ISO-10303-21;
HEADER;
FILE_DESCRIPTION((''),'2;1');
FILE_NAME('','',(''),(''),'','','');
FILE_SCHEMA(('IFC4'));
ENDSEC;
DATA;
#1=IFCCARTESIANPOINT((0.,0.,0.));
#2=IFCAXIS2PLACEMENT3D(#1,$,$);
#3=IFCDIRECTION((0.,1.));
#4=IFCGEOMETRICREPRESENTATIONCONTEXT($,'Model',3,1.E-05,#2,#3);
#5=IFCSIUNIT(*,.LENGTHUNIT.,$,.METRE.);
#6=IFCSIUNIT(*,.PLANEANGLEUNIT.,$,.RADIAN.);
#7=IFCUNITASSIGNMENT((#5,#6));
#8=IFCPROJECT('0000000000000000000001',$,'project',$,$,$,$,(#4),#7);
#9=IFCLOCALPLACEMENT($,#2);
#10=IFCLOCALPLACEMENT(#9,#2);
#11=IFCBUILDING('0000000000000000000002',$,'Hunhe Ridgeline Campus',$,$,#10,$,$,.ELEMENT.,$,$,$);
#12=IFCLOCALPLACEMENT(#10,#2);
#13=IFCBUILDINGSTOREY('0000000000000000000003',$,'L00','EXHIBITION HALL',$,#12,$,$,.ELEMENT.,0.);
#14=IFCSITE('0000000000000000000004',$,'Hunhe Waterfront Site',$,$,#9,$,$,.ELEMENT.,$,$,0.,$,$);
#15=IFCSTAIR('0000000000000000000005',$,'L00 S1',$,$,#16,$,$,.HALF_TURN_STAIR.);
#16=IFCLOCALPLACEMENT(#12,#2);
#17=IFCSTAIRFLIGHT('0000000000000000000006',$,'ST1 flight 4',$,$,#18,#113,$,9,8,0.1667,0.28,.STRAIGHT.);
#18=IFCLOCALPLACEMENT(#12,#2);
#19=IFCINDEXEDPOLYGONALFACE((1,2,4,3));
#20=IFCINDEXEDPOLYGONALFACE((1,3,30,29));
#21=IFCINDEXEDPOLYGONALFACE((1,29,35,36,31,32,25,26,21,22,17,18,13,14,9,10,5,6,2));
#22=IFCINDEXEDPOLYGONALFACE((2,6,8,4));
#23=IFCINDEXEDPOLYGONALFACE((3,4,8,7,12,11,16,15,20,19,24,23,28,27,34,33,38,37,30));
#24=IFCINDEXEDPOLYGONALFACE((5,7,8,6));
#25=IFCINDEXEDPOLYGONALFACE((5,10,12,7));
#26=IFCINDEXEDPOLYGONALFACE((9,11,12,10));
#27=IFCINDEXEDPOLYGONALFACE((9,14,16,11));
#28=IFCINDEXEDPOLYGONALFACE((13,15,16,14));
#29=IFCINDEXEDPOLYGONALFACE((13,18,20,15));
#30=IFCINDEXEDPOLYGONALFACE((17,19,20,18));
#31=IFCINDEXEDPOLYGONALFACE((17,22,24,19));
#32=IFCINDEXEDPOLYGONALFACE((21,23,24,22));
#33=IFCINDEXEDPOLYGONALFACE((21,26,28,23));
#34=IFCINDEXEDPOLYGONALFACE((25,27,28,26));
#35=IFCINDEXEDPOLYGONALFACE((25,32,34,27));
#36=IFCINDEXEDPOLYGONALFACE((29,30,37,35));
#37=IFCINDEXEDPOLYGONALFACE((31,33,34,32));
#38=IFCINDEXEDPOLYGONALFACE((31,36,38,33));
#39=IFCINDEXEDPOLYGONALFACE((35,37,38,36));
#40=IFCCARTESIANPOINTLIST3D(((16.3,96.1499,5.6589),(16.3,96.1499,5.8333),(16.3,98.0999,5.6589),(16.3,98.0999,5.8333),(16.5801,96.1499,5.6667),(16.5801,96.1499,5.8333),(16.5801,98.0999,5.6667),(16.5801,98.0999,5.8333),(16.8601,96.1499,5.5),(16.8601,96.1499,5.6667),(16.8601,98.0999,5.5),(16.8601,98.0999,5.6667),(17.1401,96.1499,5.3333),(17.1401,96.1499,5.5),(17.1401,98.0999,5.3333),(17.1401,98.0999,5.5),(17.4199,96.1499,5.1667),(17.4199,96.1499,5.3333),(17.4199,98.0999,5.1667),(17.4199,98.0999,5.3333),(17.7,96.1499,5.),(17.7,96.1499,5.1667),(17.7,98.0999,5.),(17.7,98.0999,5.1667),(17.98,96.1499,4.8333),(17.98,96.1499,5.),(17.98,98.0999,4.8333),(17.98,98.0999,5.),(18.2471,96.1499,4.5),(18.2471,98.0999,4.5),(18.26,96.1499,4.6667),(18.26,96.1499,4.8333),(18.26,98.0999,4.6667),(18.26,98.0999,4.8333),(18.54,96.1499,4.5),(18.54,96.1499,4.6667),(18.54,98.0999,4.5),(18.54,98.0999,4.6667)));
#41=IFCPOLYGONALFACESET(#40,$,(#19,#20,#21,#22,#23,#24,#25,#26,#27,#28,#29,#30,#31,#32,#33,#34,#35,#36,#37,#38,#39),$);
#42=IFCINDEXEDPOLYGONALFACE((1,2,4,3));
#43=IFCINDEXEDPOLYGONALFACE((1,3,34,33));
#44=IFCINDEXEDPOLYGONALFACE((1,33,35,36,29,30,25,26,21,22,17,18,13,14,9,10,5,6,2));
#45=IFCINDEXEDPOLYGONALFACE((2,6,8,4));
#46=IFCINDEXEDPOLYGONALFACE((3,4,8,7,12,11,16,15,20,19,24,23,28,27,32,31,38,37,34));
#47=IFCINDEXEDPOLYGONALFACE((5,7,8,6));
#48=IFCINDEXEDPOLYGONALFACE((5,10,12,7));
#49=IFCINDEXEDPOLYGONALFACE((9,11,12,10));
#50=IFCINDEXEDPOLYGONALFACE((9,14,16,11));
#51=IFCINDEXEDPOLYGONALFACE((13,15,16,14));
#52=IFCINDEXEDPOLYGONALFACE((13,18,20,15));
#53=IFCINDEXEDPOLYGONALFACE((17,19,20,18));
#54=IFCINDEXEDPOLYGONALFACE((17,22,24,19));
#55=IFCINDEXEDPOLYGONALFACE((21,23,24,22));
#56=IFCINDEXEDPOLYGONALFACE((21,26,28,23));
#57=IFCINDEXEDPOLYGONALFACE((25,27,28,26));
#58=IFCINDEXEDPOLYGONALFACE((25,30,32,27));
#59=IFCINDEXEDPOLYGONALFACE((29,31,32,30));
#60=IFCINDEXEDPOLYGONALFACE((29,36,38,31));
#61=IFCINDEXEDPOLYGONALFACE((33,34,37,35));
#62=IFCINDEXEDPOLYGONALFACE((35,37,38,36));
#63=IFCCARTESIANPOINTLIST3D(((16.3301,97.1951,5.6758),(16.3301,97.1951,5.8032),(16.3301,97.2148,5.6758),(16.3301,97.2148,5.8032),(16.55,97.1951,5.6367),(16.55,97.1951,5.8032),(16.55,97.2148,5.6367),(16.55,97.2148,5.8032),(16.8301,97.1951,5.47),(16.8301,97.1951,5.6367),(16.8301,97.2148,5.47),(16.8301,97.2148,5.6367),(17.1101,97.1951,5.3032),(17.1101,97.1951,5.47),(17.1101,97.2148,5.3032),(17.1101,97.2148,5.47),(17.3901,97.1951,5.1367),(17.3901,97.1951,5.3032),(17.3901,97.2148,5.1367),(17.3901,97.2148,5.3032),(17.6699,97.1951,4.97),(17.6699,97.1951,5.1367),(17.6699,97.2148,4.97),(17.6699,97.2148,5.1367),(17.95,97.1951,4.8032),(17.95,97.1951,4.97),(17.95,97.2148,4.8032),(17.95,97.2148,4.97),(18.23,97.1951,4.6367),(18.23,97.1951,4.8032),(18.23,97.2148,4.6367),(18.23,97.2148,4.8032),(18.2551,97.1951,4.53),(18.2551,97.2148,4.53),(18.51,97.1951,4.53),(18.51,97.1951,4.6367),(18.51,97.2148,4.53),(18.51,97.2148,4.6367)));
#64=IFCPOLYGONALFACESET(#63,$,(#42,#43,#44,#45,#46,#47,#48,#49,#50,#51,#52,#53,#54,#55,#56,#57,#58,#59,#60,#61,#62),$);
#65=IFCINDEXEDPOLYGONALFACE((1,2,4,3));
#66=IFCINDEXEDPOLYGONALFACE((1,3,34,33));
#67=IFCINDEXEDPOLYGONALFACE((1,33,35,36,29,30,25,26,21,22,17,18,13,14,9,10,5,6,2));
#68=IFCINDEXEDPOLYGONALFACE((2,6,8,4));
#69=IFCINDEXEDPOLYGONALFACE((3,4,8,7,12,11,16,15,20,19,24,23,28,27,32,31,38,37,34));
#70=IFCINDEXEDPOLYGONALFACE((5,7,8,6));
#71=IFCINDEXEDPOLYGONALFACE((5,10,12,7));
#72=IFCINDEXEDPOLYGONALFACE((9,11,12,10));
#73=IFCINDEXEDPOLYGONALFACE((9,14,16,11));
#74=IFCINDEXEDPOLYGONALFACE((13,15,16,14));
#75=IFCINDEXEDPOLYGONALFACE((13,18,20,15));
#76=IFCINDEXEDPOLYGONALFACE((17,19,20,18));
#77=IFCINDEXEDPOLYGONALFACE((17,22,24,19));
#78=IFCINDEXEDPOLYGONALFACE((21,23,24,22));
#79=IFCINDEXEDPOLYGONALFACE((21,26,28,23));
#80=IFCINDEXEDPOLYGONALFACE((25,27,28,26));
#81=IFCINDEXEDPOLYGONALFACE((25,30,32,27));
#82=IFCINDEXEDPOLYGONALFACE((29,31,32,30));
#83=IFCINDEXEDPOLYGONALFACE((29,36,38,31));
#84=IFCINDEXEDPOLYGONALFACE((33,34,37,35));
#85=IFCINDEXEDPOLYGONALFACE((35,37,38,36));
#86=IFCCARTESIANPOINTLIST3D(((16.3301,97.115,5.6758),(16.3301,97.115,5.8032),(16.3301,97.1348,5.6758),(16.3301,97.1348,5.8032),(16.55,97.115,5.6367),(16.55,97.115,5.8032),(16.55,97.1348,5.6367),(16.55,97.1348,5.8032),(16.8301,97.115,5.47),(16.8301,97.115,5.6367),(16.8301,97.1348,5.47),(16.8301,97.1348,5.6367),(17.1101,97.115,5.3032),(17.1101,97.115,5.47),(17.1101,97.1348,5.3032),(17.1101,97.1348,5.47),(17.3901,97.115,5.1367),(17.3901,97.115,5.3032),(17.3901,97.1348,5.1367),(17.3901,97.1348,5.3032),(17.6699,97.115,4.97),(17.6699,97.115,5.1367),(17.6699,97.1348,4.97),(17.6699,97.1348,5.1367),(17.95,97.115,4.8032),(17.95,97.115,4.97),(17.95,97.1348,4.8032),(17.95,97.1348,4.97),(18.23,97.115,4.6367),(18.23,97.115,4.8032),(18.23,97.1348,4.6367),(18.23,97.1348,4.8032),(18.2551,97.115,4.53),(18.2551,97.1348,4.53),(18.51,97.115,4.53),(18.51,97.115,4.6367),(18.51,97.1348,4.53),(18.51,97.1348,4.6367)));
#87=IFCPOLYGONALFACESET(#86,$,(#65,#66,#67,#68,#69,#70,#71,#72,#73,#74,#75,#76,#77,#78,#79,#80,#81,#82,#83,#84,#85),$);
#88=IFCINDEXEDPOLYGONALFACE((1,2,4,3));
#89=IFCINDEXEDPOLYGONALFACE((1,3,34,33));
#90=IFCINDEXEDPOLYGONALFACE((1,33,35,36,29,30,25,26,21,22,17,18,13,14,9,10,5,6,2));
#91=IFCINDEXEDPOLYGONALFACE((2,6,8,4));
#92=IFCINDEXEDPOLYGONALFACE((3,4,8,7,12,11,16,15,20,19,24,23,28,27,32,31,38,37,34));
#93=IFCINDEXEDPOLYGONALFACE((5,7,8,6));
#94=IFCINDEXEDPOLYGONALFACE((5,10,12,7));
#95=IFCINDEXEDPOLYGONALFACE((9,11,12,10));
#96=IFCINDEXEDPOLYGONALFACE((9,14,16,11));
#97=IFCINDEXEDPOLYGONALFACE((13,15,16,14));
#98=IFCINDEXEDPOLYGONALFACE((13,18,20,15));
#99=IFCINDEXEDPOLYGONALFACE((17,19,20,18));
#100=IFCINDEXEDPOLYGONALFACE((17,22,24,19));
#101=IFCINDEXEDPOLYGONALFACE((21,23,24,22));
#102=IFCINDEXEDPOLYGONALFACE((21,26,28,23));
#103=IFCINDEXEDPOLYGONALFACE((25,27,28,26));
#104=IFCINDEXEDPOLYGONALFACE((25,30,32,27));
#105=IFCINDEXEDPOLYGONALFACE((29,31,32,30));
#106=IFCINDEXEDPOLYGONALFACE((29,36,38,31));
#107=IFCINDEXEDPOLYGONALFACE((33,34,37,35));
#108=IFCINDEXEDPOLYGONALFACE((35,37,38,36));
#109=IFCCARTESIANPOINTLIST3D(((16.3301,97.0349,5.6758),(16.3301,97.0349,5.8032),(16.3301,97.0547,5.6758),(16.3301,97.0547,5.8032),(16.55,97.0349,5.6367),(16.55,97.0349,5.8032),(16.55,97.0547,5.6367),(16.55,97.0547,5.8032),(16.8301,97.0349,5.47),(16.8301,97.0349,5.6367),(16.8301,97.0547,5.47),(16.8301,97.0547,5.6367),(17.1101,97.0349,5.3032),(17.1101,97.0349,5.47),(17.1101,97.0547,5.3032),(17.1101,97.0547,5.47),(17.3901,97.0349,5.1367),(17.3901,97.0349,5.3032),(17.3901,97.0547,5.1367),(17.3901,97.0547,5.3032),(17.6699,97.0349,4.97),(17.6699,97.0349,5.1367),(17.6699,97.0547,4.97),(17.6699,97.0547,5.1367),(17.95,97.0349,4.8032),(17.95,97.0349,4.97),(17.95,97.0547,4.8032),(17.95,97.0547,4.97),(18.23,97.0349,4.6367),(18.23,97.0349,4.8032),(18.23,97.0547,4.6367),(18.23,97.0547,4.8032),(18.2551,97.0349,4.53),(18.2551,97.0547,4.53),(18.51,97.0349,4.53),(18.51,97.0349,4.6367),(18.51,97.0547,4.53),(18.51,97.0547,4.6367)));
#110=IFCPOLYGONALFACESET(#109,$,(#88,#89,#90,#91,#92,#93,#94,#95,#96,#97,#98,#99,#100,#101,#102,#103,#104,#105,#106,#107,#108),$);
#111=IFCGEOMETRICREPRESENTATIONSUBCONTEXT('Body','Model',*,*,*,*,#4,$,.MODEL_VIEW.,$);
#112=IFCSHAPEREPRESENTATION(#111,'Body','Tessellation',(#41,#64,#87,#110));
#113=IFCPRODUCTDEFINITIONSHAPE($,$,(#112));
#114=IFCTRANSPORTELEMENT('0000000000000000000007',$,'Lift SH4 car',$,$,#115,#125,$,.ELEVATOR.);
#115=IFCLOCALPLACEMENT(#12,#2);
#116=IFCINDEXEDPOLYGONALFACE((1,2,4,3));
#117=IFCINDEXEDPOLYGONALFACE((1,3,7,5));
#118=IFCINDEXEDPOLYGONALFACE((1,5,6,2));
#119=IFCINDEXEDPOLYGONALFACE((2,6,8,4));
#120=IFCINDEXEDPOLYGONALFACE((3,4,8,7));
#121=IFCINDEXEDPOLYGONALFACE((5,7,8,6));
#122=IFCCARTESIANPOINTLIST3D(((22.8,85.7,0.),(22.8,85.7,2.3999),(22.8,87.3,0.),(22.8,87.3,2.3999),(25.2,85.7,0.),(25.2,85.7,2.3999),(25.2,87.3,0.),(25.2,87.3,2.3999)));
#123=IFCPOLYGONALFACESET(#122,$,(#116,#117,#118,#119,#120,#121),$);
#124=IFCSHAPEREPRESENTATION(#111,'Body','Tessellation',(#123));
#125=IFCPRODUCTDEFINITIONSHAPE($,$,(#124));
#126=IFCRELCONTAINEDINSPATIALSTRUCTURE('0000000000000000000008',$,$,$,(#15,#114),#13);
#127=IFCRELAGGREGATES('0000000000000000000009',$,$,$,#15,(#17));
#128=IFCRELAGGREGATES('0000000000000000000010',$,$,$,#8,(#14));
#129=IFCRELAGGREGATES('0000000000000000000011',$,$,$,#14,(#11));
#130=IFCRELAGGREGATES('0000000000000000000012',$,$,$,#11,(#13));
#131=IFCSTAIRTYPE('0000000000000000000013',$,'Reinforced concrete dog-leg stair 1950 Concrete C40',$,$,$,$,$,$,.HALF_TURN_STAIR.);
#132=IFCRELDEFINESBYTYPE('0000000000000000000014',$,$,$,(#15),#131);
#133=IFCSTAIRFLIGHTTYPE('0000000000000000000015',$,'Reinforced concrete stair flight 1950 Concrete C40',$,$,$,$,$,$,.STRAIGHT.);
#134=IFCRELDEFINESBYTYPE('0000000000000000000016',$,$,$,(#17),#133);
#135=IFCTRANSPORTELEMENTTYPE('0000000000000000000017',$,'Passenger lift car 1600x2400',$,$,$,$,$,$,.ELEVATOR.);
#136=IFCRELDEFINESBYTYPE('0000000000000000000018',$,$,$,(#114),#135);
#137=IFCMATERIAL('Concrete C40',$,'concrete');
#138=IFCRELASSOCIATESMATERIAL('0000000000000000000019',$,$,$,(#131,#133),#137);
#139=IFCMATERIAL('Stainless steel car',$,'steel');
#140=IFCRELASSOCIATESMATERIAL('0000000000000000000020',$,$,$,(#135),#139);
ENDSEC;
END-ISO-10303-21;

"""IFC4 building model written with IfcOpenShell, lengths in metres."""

from ifc_helpers import new_model, si_unit, direction, frame, origin, origin_2d, place, context, subcontext, project, spatial, polyline, rectangle, outline, extrude, material, type_object, element, aggregate, save


model = new_model("IFC4")

# Units and contexts
model_context = context("Model", 3, precision=1e-05, world=origin(), true_north=direction((0.0, 1.0)))
body_context = subcontext(model_context, "Body", "Model", "MODEL_VIEW")
ifc_project = project(units=[si_unit("LENGTHUNIT", "METRE"), si_unit("PLANEANGLEUNIT", "RADIAN")], contexts=[model_context])

# Site, building, storey
site_placement = place(None, origin())
site = spatial("IfcSite", under=ifc_project, at=site_placement, Name="Hunhe Waterfront Site", CompositionType="ELEMENT", RefElevation=0.0)
building_placement = place(site_placement, origin())
building = spatial("IfcBuilding", under=site, at=building_placement, Name="Hunhe Ridgeline Campus", CompositionType="ELEMENT")
storey_placement = place(building_placement, origin())
storey = spatial("IfcBuildingStorey", under=building, at=storey_placement, Name="L00", Description="EXHIBITION HALL", CompositionType="ELEMENT", Elevation=0.0)

# Stair, stair flight
ifc_material_1 = material(Name="Concrete C40", Category="concrete")
stair_type = type_object("IfcStairType", Name="Reinforced concrete dog-leg stair 1950 Concrete C40", PredefinedType="HALF_TURN_STAIR", material=ifc_material_1)
stair_placement = place(storey_placement, origin())
stair = element("IfcStair", 1, at=stair_placement, inside=storey, type_object=stair_type, Name="L00 S1", PredefinedType="HALF_TURN_STAIR")
stair_flight_type = type_object("IfcStairFlightType", Name="Reinforced concrete stair flight 1950 Concrete C40", PredefinedType="STRAIGHT", material=ifc_material_1)
stair_flight_1_placement = place(storey_placement, frame((18.54, 97.125, 4.5), z_axis=(0.0, 0.0, 1.0), x_axis=(-1.0, 0.0, 0.0)))
stair_flight_1 = element("IfcStairFlight", 2, at=stair_flight_1_placement, type_object=stair_flight_type, Name="ST1 flight 4", NumberOfRisers=9, NumberOfTreads=8, PredefinedType="STRAIGHT", RiserHeight=0.1667, TreadLength=0.28, context=body_context, shape_type="SweptSolid", body=[
    extrude(outline(polyline([(0.0, 0.0), (0.0, 0.1667), (0.28, 0.1667), (0.28, 0.3333), (0.5601, 0.3333), (0.5601, 0.5), (0.8401, 0.5), (0.8401, 0.6667), (1.1201, 0.6667), (1.1201, 0.8333), (1.3999, 0.8333), (1.3999, 1.0), (1.6799, 1.0), (1.6799, 1.1667), (1.96, 1.1667), (1.96, 1.3333), (2.24, 1.3333), (2.24, 1.5), (2.24, 1.1589), (0.293, 0.0), (0.0, 0.0)])), frame((0.0, 0.9751, 0.0), z_axis=(0.0, -1.0, 0.0), x_axis=(1.0, 0.0, 0.0)), (0.0, 0.0, 1.0), 1.95),
    extrude(outline(polyline([(0.03, 0.03), (0.03, 0.1367), (0.3101, 0.1367), (0.3101, 0.3032), (0.5901, 0.3032), (0.5901, 0.47), (0.8701, 0.47), (0.8701, 0.6367), (1.1499, 0.6367), (1.1499, 0.8032), (1.4299, 0.8032), (1.4299, 0.97), (1.71, 0.97), (1.71, 1.1367), (1.99, 1.1367), (1.99, 1.3032), (2.21, 1.3032), (2.21, 1.1758), (0.2849, 0.03), (0.03, 0.03)])), frame((0.0, -0.0701, 0.0), z_axis=(0.0, -1.0, 0.0), x_axis=(1.0, 0.0, 0.0)), (0.0, 0.0, 1.0), 0.0198),
    extrude(outline(polyline([(0.03, 0.03), (0.03, 0.1367), (0.3101, 0.1367), (0.3101, 0.3032), (0.5901, 0.3032), (0.5901, 0.47), (0.8701, 0.47), (0.8701, 0.6367), (1.1499, 0.6367), (1.1499, 0.8032), (1.4299, 0.8032), (1.4299, 0.97), (1.71, 0.97), (1.71, 1.1367), (1.99, 1.1367), (1.99, 1.3032), (2.21, 1.3032), (2.21, 1.1758), (0.2849, 0.03), (0.03, 0.03)])), frame((0.0, 0.01, 0.0), z_axis=(0.0, -1.0, 0.0), x_axis=(1.0, 0.0, 0.0)), (0.0, 0.0, 1.0), 0.0198),
    extrude(outline(polyline([(0.03, 0.03), (0.03, 0.1367), (0.3101, 0.1367), (0.3101, 0.3032), (0.5901, 0.3032), (0.5901, 0.47), (0.8701, 0.47), (0.8701, 0.6367), (1.1499, 0.6367), (1.1499, 0.8032), (1.4299, 0.8032), (1.4299, 0.97), (1.71, 0.97), (1.71, 1.1367), (1.99, 1.1367), (1.99, 1.3032), (2.21, 1.3032), (2.21, 1.1758), (0.2849, 0.03), (0.03, 0.03)])), frame((0.0, 0.0901, 0.0), z_axis=(0.0, -1.0, 0.0), x_axis=(1.0, 0.0, 0.0)), (0.0, 0.0, 1.0), 0.0198),
])
aggregate(stair, [stair_flight_1])

# Transport element
ifc_material_2 = material(Name="Stainless steel car", Category="steel")
transport_element_type = type_object("IfcTransportElementType", Name="Passenger lift car 1600x2400", PredefinedType="ELEVATOR", material=ifc_material_2)
transport_element_placement = place(storey_placement, frame((24.0, 86.5, 0.0), z_axis=(0.0, 0.0, 1.0), x_axis=(1.0, 0.0, 0.0)))
element("IfcTransportElement", 3, at=transport_element_placement, inside=storey, type_object=transport_element_type, Name="Lift SH4 car", PredefinedType="ELEVATOR", context=body_context, shape_type="SweptSolid", body=[
    extrude(rectangle(XDim=2.3999, YDim=1.6001, at=origin_2d()), origin(), (0.0, 0.0, 1.0), 2.3999),
])

save(model, "model.ifc")
